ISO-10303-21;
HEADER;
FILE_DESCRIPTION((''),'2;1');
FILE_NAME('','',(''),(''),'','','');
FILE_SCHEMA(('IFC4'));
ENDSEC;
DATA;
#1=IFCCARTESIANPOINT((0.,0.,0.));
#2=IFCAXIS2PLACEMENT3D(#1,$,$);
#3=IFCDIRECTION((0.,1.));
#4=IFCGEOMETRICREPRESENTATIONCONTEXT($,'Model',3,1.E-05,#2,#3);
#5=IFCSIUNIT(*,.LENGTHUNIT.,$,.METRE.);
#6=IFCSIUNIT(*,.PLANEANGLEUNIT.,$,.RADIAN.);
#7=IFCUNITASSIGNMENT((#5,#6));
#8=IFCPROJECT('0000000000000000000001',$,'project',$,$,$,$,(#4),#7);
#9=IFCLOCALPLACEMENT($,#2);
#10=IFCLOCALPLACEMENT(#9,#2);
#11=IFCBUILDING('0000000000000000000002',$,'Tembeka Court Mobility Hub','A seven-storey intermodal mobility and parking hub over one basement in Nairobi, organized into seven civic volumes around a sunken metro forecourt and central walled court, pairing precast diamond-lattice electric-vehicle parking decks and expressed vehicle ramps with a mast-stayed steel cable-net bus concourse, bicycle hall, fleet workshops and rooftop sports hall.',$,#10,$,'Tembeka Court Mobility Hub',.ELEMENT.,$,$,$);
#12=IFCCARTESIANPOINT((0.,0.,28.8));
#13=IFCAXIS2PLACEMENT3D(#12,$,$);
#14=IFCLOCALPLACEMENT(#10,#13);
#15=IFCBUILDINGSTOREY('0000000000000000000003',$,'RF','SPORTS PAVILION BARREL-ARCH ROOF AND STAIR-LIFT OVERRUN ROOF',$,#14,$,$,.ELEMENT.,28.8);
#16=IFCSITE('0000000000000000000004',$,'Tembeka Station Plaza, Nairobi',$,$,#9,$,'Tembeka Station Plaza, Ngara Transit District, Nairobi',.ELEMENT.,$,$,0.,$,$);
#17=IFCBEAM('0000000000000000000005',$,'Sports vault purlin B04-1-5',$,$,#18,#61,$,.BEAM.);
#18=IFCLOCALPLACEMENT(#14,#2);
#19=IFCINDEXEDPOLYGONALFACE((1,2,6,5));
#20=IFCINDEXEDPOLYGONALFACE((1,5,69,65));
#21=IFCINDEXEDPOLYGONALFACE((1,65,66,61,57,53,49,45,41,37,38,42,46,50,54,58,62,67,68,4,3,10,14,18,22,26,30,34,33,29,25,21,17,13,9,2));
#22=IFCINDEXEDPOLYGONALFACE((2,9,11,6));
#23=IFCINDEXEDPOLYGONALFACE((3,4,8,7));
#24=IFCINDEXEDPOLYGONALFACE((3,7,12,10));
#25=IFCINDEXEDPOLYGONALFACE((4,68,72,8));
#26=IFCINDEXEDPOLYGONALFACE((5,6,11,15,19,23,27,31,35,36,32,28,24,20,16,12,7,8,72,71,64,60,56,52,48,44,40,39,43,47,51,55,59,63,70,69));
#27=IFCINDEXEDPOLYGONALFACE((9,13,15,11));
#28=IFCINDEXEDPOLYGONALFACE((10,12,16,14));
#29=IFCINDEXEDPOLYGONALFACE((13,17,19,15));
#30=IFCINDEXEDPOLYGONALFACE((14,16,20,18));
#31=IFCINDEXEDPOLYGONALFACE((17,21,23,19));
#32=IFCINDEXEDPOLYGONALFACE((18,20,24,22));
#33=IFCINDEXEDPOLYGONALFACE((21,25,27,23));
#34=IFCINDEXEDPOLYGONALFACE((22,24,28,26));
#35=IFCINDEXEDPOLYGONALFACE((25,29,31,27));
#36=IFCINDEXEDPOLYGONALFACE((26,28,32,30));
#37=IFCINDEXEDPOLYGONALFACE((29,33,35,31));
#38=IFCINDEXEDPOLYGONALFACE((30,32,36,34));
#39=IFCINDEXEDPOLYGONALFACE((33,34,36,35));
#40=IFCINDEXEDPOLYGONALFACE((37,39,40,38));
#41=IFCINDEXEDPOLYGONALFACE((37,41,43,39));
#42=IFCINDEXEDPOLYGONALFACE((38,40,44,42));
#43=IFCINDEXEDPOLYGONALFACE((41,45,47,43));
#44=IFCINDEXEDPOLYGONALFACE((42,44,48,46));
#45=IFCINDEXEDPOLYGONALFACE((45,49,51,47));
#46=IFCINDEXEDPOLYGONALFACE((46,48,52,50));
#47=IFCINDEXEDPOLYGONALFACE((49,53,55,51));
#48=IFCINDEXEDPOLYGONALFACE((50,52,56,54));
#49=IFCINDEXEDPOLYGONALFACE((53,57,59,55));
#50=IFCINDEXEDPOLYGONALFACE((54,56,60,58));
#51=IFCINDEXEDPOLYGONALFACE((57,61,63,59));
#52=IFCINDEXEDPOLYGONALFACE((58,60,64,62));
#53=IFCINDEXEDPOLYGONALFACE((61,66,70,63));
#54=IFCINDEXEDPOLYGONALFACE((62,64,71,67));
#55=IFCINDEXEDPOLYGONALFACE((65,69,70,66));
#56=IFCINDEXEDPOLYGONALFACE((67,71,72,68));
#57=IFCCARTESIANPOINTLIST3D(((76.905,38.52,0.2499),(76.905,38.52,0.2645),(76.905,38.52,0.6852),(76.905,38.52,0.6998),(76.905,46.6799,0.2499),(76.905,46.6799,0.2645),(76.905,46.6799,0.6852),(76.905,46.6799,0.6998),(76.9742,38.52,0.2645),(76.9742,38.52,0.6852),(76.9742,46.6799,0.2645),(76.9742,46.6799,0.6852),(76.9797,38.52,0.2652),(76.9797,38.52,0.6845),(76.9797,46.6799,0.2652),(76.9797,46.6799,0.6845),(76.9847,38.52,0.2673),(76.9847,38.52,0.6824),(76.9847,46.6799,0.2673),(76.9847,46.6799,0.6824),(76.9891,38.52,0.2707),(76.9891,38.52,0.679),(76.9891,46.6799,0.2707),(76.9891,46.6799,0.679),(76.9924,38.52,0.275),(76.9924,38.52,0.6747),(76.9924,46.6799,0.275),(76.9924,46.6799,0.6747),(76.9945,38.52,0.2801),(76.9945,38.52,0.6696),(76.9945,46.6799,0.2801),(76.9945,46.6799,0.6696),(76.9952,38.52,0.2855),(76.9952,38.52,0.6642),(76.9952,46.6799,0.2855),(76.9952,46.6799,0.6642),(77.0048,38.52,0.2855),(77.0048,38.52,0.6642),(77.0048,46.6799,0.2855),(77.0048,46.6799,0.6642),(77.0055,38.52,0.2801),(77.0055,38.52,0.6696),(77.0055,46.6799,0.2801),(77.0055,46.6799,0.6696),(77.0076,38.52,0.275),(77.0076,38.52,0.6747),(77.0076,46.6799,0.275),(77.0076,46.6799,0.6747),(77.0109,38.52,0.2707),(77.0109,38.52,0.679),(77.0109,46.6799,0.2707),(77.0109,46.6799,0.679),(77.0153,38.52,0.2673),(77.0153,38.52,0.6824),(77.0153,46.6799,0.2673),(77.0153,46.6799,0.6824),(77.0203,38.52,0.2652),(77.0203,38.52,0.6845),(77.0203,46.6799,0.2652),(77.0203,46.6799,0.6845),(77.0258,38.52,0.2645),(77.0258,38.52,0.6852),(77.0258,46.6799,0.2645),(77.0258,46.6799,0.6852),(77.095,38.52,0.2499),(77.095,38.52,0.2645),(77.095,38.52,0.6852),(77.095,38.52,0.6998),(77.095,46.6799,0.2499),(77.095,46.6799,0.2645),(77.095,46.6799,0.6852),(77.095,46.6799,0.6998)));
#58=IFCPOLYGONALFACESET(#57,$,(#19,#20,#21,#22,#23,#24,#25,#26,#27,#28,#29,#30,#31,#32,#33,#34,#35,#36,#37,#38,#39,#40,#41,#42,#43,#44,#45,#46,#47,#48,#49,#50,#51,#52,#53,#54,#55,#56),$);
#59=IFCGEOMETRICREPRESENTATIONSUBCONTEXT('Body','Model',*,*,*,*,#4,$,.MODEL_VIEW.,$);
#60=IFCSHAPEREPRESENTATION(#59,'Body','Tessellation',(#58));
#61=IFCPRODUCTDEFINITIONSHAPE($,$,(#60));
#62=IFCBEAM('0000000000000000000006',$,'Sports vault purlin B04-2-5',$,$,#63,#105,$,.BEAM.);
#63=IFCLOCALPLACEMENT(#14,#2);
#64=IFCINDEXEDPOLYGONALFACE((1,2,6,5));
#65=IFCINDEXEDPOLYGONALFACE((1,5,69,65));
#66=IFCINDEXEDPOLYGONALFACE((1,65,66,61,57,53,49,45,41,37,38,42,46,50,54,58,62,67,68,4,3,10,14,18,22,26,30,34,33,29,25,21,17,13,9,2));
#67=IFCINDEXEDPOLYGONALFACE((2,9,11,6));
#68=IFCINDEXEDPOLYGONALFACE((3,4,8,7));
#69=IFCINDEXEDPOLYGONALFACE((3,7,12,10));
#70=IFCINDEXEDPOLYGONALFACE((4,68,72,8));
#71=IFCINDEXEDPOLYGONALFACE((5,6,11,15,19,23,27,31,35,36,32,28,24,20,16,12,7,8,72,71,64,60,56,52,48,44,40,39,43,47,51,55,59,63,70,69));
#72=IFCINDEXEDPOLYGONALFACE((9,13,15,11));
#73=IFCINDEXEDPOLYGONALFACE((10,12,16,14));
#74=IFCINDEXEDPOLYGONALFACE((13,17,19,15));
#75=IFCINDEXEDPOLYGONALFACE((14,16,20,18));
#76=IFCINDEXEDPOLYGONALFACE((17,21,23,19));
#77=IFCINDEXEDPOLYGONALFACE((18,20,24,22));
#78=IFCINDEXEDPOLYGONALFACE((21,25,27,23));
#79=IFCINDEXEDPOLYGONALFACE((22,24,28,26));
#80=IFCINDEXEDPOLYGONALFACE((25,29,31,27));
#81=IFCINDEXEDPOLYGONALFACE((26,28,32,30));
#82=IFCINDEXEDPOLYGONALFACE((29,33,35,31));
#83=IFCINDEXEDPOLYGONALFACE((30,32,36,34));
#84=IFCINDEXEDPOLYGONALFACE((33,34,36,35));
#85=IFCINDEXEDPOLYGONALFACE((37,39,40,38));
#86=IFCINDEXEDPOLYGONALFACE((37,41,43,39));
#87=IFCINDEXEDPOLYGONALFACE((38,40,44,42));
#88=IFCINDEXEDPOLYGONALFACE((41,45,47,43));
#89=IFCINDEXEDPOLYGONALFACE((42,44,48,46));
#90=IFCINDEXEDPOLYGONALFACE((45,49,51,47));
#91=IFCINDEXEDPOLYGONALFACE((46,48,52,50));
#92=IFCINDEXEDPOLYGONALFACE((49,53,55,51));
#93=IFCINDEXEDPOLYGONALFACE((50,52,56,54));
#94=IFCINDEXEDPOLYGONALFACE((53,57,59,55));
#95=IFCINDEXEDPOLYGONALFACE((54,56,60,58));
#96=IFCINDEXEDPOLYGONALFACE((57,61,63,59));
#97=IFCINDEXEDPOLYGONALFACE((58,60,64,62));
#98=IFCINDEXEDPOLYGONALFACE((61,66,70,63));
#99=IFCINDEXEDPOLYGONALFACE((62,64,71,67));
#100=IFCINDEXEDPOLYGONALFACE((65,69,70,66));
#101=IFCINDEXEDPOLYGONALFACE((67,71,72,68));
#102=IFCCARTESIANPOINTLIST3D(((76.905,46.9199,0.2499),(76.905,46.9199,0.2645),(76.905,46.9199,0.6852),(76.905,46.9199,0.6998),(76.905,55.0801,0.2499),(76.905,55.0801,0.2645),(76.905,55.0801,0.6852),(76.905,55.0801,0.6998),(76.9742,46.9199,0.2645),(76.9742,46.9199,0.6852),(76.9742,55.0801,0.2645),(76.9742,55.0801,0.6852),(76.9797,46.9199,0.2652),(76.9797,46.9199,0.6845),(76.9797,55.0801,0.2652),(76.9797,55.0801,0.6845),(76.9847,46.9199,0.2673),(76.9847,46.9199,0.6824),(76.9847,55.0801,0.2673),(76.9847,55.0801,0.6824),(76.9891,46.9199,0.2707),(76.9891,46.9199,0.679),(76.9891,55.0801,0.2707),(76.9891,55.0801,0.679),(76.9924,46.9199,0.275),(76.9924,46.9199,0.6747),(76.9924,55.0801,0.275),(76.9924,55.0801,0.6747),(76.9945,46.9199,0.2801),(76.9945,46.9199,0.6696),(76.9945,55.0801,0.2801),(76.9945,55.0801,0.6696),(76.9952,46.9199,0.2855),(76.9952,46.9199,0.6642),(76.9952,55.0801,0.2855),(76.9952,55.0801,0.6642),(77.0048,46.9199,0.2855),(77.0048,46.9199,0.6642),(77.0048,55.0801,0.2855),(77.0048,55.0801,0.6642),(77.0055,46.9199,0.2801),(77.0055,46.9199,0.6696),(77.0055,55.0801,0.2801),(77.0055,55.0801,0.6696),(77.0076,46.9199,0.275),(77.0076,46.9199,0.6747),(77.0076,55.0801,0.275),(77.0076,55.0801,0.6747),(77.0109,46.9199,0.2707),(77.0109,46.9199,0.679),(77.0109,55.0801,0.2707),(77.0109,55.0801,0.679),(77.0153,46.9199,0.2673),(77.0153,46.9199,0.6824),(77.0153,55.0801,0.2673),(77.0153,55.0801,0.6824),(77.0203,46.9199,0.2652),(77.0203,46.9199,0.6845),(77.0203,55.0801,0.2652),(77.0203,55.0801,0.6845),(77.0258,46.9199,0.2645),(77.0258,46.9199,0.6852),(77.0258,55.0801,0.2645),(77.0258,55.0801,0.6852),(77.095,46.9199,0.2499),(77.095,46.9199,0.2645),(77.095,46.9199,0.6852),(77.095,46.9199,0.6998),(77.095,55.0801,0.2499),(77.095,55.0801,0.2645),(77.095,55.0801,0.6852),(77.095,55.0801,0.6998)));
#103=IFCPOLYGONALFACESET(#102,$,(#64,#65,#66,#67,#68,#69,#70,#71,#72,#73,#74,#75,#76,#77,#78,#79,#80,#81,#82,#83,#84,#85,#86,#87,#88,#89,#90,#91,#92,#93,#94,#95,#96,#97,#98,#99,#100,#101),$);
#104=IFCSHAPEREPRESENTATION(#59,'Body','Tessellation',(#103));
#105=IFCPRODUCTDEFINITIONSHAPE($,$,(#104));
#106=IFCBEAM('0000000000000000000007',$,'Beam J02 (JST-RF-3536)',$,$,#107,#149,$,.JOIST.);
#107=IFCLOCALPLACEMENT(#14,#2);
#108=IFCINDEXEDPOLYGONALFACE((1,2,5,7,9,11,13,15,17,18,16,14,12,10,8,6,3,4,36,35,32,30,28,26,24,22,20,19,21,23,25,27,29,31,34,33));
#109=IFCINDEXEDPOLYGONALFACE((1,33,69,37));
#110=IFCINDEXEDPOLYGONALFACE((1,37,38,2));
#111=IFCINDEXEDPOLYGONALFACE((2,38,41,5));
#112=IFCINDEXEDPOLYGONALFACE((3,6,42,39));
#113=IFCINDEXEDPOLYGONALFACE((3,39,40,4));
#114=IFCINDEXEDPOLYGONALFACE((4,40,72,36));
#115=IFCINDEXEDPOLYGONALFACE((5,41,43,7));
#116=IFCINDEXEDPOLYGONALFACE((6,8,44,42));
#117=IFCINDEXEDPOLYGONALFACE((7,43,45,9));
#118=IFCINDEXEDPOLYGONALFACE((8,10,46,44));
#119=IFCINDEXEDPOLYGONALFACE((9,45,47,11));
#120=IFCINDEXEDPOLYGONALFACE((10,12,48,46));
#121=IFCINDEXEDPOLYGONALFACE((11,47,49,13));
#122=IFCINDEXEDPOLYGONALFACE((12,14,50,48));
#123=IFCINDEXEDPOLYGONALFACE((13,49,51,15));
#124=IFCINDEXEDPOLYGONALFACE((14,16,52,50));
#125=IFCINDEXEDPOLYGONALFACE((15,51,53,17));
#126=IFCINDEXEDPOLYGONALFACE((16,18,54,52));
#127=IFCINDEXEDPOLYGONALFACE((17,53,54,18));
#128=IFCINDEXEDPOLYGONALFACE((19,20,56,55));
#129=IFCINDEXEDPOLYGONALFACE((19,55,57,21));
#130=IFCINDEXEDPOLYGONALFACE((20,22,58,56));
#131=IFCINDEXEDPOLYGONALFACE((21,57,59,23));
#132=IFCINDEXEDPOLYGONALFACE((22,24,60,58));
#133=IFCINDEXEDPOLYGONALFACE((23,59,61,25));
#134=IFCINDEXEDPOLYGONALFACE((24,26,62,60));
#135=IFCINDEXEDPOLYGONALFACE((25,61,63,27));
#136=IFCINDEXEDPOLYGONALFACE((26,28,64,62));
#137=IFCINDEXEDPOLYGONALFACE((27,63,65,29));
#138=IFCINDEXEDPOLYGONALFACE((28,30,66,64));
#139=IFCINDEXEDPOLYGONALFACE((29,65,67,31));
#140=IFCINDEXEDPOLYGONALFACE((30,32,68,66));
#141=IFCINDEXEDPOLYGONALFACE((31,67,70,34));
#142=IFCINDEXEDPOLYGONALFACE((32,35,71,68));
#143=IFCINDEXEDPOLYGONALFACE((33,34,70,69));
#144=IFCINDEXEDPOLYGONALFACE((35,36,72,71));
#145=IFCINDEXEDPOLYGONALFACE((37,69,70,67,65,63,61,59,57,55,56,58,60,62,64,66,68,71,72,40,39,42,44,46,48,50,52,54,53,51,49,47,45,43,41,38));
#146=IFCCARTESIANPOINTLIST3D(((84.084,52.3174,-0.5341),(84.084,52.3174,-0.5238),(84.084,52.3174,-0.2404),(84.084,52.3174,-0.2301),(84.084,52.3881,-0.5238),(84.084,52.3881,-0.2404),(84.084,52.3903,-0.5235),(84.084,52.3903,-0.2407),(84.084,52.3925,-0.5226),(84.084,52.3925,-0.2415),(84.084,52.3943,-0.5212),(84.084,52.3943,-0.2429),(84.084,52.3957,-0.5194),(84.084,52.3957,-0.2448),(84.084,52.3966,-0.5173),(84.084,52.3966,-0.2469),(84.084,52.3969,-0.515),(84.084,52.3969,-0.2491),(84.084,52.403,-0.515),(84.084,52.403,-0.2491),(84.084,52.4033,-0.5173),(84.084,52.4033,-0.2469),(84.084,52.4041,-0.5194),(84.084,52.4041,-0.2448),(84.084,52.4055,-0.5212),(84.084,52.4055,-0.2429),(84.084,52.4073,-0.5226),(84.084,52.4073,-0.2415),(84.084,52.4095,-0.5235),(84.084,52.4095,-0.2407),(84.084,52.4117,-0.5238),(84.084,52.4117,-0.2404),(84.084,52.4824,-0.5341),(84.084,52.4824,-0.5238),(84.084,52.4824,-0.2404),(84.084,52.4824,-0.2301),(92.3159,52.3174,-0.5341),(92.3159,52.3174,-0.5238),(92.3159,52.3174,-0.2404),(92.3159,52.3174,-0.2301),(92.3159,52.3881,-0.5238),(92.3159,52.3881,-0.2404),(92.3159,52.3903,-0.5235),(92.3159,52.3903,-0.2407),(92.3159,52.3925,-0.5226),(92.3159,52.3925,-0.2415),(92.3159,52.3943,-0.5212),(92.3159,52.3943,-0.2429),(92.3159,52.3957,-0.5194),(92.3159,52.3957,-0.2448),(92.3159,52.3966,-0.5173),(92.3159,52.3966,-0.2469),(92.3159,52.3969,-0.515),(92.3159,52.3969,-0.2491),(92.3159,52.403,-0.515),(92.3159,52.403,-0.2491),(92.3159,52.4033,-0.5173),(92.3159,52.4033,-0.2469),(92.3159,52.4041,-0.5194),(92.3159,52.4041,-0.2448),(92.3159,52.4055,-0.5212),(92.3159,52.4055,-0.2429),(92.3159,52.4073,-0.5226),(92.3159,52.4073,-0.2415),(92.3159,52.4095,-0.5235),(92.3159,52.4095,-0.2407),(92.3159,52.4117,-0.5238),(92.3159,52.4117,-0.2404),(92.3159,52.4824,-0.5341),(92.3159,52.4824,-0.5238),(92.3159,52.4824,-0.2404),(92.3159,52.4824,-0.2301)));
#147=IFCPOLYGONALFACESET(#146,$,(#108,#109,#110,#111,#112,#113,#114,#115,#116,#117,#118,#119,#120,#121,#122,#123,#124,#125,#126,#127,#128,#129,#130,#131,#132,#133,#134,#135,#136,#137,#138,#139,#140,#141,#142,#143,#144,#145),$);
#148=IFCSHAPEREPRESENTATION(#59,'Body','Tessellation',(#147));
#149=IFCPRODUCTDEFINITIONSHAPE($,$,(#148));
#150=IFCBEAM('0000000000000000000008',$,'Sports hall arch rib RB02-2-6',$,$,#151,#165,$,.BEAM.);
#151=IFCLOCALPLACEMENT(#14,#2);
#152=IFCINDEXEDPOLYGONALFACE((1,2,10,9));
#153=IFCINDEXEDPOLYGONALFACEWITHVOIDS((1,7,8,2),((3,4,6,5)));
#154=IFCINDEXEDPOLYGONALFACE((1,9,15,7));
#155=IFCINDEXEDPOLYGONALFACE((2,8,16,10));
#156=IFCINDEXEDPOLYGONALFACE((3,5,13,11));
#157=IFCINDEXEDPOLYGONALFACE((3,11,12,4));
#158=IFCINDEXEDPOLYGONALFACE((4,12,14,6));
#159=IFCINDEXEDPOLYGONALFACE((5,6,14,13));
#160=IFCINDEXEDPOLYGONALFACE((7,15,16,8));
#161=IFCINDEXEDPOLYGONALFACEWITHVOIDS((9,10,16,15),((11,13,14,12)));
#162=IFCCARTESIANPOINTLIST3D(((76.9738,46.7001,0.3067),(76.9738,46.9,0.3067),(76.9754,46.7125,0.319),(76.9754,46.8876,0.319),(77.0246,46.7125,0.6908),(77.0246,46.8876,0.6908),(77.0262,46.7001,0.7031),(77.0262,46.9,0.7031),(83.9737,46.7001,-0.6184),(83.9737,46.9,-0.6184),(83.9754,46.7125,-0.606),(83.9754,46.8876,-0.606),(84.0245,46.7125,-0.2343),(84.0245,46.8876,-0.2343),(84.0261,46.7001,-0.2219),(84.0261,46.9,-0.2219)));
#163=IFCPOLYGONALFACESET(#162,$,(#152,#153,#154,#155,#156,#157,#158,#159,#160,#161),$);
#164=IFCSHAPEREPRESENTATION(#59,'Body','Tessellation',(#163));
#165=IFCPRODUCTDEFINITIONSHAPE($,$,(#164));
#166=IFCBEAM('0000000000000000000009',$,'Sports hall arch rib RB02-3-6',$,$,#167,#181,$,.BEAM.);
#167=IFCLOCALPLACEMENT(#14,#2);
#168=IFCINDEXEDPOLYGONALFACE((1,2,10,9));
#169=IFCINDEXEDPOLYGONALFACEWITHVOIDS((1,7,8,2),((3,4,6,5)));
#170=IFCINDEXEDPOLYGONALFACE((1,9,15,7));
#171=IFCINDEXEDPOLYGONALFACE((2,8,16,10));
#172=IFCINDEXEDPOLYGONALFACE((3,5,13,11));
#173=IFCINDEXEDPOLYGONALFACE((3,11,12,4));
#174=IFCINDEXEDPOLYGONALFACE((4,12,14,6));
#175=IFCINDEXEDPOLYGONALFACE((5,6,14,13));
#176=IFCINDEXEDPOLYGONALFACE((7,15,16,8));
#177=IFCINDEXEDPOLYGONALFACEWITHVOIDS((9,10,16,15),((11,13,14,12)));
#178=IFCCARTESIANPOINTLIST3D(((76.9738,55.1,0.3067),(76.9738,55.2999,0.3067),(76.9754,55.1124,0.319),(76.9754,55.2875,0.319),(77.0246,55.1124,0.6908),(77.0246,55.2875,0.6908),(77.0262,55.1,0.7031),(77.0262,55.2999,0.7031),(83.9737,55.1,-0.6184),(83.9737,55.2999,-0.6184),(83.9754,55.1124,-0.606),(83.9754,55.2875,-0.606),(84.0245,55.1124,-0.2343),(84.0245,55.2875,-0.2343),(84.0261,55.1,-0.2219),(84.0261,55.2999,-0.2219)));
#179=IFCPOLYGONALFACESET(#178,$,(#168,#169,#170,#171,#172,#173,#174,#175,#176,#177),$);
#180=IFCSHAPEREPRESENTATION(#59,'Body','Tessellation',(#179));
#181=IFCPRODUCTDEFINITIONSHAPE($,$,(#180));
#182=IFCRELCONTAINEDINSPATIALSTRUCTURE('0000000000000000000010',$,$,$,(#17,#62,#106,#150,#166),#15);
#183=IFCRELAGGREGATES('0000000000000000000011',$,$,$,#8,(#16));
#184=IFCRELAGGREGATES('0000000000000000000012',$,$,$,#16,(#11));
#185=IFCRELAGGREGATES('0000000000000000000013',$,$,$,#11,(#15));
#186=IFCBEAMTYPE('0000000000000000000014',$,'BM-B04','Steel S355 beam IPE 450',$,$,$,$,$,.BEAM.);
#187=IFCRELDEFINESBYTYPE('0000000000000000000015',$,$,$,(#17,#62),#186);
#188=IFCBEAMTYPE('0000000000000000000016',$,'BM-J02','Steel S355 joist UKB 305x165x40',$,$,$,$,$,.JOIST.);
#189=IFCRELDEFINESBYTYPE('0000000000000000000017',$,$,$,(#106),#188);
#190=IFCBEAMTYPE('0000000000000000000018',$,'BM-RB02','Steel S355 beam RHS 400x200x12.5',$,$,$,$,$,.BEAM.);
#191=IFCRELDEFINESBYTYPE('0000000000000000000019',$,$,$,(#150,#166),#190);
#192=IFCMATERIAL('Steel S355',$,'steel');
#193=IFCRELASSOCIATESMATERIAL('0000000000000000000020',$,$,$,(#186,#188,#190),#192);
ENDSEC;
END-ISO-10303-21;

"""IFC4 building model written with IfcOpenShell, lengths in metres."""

from ifc_helpers import new_model, si_unit, direction, frame, origin, origin_2d, place, context, subcontext, project, spatial, hollow_rectangle, i_section, extrude, material, material_profile, profile_set, type_object, element, save


model = new_model("IFC4")

# Units and contexts
model_context = context("Model", 3, precision=1e-05, world=origin(), true_north=direction((0.0, 1.0)))
body_context = subcontext(model_context, "Body", "Model", "MODEL_VIEW")
ifc_project = project(units=[si_unit("LENGTHUNIT", "METRE"), si_unit("PLANEANGLEUNIT", "RADIAN")], contexts=[model_context])

# Site, building, storey
site_placement = place(None, origin())
site = spatial("IfcSite", under=ifc_project, at=site_placement, Name="Tembeka Station Plaza, Nairobi", LongName="Tembeka Station Plaza, Ngara Transit District, Nairobi", CompositionType="ELEMENT", RefElevation=0.0)
building_placement = place(site_placement, origin())
building = spatial("IfcBuilding", under=site, at=building_placement, Name="Tembeka Court Mobility Hub", Description="A seven-storey intermodal mobility and parking hub over one basement in Nairobi, organized into seven civic volumes around a sunken metro forecourt and central walled court, pairing precast diamond-lattice electric-vehicle parking decks and expressed vehicle ramps with a mast-stayed steel cable-net bus concourse, bicycle hall, fleet workshops and rooftop sports hall.", LongName="Tembeka Court Mobility Hub", CompositionType="ELEMENT")
storey_placement = place(building_placement, frame((0.0, 0.0, 28.8)))
storey = spatial("IfcBuildingStorey", under=building, at=storey_placement, Name="RF", Description="SPORTS PAVILION BARREL-ARCH ROOF AND STAIR-LIFT OVERRUN ROOF", CompositionType="ELEMENT", Elevation=28.8)

# Beams
ifc_material_1 = material(Name="Steel S355", Category="steel")
ifc_material_profile_1 = material_profile(ifc_material_1, i_section(OverallWidth=0.1899, OverallDepth=0.45, WebThickness=0.0095, FlangeThickness=0.0146, FilletRadius=0.021, at=origin_2d()), Name="IPE 450")
ifc_profile_set_1 = profile_set([ifc_material_profile_1], Name="Steel S355")
beam_type_1 = type_object("IfcBeamType", Name="BM-B04", Description="Steel S355 beam IPE 450", PredefinedType="BEAM", material=ifc_profile_set_1)
beam_1_placement = place(storey_placement, frame((77.0, 38.52, 0.4749), z_axis=(0.0, 1.0, 0.0), x_axis=(-1.0, 0.0, 0.0)))
element("IfcBeam", 1, at=beam_1_placement, inside=storey, type_object=beam_type_1, Name="Sports vault purlin B04-1-5", PredefinedType="BEAM", context=body_context, shape_type="SweptSolid", body=[
    extrude(i_section(OverallWidth=0.1899, OverallDepth=0.45, WebThickness=0.0095, FlangeThickness=0.0146, FilletRadius=0.021, at=origin_2d()), origin(), (0.0, 0.0, 1.0), 8.1599),
])
beam_2_placement = place(storey_placement, frame((77.0, 46.9199, 0.4749), z_axis=(0.0, 1.0, 0.0), x_axis=(-1.0, 0.0, 0.0)))
element("IfcBeam", 2, at=beam_2_placement, inside=storey, type_object=beam_type_1, Name="Sports vault purlin B04-2-5", PredefinedType="BEAM", context=body_context, shape_type="SweptSolid", body=[
    extrude(i_section(OverallWidth=0.1899, OverallDepth=0.45, WebThickness=0.0095, FlangeThickness=0.0146, FilletRadius=0.021, at=origin_2d()), origin(), (0.0, 0.0, 1.0), 8.1602),
])
ifc_material_profile_2 = material_profile(ifc_material_1, i_section(OverallWidth=0.165, OverallDepth=0.304, WebThickness=0.0061, FlangeThickness=0.0103, FilletRadius=0.0088, at=origin_2d()), Name="UKB 305x165x40")
ifc_profile_set_2 = profile_set([ifc_material_profile_2], Name="Steel S355")
beam_type_2 = type_object("IfcBeamType", Name="BM-J02", Description="Steel S355 joist UKB 305x165x40", PredefinedType="JOIST", material=ifc_profile_set_2)
beam_3_placement = place(storey_placement, frame((84.084, 52.3999, -0.3821), z_axis=(1.0, 0.0, 0.0), x_axis=(0.0, 1.0, 0.0)))
element("IfcBeam", 3, at=beam_3_placement, inside=storey, type_object=beam_type_2, Name="Beam J02 (JST-RF-3536)", PredefinedType="JOIST", context=body_context, shape_type="SweptSolid", body=[
    extrude(i_section(OverallWidth=0.165, OverallDepth=0.304, WebThickness=0.0061, FlangeThickness=0.0103, FilletRadius=0.0088, at=origin_2d()), origin(), (0.0, 0.0, 1.0), 8.2319),
])
ifc_material_profile_3 = material_profile(ifc_material_1, hollow_rectangle(XDim=0.2, YDim=0.3999, WallThickness=0.0125, at=origin_2d()), Name="RHS 400x200x12.5")
ifc_profile_set_3 = profile_set([ifc_material_profile_3], Name="Steel S355")
beam_type_3 = type_object("IfcBeamType", Name="BM-RB02", Description="Steel S355 beam RHS 400x200x12.5", PredefinedType="BEAM", material=ifc_profile_set_3)
for number, where, z_axis, x_axis, name in (
    (4, (77.0, 46.8, 0.5049), (0.991381, 0.0, -0.131011), (0.0, 1.0, 0.0), "Sports hall arch rib RB02-2-6"),
    (5, (77.0, 55.2, 0.5049), (0.991381, 0.0, -0.131011), (0.0, 1.0, 0.0), "Sports hall arch rib RB02-3-6"),
):
    element("IfcBeam", number, at=place(storey_placement, frame(where, z_axis=z_axis, x_axis=x_axis)), inside=storey, type_object=beam_type_3, Name=name, PredefinedType="BEAM", context=body_context, shape_type="SweptSolid", body=[
        extrude(hollow_rectangle(XDim=0.2, YDim=0.3999, WallThickness=0.0125, at=origin_2d()), origin(), (0.0, 0.0, 1.0), 7.0608),
    ])

save(model, "model.ifc")
